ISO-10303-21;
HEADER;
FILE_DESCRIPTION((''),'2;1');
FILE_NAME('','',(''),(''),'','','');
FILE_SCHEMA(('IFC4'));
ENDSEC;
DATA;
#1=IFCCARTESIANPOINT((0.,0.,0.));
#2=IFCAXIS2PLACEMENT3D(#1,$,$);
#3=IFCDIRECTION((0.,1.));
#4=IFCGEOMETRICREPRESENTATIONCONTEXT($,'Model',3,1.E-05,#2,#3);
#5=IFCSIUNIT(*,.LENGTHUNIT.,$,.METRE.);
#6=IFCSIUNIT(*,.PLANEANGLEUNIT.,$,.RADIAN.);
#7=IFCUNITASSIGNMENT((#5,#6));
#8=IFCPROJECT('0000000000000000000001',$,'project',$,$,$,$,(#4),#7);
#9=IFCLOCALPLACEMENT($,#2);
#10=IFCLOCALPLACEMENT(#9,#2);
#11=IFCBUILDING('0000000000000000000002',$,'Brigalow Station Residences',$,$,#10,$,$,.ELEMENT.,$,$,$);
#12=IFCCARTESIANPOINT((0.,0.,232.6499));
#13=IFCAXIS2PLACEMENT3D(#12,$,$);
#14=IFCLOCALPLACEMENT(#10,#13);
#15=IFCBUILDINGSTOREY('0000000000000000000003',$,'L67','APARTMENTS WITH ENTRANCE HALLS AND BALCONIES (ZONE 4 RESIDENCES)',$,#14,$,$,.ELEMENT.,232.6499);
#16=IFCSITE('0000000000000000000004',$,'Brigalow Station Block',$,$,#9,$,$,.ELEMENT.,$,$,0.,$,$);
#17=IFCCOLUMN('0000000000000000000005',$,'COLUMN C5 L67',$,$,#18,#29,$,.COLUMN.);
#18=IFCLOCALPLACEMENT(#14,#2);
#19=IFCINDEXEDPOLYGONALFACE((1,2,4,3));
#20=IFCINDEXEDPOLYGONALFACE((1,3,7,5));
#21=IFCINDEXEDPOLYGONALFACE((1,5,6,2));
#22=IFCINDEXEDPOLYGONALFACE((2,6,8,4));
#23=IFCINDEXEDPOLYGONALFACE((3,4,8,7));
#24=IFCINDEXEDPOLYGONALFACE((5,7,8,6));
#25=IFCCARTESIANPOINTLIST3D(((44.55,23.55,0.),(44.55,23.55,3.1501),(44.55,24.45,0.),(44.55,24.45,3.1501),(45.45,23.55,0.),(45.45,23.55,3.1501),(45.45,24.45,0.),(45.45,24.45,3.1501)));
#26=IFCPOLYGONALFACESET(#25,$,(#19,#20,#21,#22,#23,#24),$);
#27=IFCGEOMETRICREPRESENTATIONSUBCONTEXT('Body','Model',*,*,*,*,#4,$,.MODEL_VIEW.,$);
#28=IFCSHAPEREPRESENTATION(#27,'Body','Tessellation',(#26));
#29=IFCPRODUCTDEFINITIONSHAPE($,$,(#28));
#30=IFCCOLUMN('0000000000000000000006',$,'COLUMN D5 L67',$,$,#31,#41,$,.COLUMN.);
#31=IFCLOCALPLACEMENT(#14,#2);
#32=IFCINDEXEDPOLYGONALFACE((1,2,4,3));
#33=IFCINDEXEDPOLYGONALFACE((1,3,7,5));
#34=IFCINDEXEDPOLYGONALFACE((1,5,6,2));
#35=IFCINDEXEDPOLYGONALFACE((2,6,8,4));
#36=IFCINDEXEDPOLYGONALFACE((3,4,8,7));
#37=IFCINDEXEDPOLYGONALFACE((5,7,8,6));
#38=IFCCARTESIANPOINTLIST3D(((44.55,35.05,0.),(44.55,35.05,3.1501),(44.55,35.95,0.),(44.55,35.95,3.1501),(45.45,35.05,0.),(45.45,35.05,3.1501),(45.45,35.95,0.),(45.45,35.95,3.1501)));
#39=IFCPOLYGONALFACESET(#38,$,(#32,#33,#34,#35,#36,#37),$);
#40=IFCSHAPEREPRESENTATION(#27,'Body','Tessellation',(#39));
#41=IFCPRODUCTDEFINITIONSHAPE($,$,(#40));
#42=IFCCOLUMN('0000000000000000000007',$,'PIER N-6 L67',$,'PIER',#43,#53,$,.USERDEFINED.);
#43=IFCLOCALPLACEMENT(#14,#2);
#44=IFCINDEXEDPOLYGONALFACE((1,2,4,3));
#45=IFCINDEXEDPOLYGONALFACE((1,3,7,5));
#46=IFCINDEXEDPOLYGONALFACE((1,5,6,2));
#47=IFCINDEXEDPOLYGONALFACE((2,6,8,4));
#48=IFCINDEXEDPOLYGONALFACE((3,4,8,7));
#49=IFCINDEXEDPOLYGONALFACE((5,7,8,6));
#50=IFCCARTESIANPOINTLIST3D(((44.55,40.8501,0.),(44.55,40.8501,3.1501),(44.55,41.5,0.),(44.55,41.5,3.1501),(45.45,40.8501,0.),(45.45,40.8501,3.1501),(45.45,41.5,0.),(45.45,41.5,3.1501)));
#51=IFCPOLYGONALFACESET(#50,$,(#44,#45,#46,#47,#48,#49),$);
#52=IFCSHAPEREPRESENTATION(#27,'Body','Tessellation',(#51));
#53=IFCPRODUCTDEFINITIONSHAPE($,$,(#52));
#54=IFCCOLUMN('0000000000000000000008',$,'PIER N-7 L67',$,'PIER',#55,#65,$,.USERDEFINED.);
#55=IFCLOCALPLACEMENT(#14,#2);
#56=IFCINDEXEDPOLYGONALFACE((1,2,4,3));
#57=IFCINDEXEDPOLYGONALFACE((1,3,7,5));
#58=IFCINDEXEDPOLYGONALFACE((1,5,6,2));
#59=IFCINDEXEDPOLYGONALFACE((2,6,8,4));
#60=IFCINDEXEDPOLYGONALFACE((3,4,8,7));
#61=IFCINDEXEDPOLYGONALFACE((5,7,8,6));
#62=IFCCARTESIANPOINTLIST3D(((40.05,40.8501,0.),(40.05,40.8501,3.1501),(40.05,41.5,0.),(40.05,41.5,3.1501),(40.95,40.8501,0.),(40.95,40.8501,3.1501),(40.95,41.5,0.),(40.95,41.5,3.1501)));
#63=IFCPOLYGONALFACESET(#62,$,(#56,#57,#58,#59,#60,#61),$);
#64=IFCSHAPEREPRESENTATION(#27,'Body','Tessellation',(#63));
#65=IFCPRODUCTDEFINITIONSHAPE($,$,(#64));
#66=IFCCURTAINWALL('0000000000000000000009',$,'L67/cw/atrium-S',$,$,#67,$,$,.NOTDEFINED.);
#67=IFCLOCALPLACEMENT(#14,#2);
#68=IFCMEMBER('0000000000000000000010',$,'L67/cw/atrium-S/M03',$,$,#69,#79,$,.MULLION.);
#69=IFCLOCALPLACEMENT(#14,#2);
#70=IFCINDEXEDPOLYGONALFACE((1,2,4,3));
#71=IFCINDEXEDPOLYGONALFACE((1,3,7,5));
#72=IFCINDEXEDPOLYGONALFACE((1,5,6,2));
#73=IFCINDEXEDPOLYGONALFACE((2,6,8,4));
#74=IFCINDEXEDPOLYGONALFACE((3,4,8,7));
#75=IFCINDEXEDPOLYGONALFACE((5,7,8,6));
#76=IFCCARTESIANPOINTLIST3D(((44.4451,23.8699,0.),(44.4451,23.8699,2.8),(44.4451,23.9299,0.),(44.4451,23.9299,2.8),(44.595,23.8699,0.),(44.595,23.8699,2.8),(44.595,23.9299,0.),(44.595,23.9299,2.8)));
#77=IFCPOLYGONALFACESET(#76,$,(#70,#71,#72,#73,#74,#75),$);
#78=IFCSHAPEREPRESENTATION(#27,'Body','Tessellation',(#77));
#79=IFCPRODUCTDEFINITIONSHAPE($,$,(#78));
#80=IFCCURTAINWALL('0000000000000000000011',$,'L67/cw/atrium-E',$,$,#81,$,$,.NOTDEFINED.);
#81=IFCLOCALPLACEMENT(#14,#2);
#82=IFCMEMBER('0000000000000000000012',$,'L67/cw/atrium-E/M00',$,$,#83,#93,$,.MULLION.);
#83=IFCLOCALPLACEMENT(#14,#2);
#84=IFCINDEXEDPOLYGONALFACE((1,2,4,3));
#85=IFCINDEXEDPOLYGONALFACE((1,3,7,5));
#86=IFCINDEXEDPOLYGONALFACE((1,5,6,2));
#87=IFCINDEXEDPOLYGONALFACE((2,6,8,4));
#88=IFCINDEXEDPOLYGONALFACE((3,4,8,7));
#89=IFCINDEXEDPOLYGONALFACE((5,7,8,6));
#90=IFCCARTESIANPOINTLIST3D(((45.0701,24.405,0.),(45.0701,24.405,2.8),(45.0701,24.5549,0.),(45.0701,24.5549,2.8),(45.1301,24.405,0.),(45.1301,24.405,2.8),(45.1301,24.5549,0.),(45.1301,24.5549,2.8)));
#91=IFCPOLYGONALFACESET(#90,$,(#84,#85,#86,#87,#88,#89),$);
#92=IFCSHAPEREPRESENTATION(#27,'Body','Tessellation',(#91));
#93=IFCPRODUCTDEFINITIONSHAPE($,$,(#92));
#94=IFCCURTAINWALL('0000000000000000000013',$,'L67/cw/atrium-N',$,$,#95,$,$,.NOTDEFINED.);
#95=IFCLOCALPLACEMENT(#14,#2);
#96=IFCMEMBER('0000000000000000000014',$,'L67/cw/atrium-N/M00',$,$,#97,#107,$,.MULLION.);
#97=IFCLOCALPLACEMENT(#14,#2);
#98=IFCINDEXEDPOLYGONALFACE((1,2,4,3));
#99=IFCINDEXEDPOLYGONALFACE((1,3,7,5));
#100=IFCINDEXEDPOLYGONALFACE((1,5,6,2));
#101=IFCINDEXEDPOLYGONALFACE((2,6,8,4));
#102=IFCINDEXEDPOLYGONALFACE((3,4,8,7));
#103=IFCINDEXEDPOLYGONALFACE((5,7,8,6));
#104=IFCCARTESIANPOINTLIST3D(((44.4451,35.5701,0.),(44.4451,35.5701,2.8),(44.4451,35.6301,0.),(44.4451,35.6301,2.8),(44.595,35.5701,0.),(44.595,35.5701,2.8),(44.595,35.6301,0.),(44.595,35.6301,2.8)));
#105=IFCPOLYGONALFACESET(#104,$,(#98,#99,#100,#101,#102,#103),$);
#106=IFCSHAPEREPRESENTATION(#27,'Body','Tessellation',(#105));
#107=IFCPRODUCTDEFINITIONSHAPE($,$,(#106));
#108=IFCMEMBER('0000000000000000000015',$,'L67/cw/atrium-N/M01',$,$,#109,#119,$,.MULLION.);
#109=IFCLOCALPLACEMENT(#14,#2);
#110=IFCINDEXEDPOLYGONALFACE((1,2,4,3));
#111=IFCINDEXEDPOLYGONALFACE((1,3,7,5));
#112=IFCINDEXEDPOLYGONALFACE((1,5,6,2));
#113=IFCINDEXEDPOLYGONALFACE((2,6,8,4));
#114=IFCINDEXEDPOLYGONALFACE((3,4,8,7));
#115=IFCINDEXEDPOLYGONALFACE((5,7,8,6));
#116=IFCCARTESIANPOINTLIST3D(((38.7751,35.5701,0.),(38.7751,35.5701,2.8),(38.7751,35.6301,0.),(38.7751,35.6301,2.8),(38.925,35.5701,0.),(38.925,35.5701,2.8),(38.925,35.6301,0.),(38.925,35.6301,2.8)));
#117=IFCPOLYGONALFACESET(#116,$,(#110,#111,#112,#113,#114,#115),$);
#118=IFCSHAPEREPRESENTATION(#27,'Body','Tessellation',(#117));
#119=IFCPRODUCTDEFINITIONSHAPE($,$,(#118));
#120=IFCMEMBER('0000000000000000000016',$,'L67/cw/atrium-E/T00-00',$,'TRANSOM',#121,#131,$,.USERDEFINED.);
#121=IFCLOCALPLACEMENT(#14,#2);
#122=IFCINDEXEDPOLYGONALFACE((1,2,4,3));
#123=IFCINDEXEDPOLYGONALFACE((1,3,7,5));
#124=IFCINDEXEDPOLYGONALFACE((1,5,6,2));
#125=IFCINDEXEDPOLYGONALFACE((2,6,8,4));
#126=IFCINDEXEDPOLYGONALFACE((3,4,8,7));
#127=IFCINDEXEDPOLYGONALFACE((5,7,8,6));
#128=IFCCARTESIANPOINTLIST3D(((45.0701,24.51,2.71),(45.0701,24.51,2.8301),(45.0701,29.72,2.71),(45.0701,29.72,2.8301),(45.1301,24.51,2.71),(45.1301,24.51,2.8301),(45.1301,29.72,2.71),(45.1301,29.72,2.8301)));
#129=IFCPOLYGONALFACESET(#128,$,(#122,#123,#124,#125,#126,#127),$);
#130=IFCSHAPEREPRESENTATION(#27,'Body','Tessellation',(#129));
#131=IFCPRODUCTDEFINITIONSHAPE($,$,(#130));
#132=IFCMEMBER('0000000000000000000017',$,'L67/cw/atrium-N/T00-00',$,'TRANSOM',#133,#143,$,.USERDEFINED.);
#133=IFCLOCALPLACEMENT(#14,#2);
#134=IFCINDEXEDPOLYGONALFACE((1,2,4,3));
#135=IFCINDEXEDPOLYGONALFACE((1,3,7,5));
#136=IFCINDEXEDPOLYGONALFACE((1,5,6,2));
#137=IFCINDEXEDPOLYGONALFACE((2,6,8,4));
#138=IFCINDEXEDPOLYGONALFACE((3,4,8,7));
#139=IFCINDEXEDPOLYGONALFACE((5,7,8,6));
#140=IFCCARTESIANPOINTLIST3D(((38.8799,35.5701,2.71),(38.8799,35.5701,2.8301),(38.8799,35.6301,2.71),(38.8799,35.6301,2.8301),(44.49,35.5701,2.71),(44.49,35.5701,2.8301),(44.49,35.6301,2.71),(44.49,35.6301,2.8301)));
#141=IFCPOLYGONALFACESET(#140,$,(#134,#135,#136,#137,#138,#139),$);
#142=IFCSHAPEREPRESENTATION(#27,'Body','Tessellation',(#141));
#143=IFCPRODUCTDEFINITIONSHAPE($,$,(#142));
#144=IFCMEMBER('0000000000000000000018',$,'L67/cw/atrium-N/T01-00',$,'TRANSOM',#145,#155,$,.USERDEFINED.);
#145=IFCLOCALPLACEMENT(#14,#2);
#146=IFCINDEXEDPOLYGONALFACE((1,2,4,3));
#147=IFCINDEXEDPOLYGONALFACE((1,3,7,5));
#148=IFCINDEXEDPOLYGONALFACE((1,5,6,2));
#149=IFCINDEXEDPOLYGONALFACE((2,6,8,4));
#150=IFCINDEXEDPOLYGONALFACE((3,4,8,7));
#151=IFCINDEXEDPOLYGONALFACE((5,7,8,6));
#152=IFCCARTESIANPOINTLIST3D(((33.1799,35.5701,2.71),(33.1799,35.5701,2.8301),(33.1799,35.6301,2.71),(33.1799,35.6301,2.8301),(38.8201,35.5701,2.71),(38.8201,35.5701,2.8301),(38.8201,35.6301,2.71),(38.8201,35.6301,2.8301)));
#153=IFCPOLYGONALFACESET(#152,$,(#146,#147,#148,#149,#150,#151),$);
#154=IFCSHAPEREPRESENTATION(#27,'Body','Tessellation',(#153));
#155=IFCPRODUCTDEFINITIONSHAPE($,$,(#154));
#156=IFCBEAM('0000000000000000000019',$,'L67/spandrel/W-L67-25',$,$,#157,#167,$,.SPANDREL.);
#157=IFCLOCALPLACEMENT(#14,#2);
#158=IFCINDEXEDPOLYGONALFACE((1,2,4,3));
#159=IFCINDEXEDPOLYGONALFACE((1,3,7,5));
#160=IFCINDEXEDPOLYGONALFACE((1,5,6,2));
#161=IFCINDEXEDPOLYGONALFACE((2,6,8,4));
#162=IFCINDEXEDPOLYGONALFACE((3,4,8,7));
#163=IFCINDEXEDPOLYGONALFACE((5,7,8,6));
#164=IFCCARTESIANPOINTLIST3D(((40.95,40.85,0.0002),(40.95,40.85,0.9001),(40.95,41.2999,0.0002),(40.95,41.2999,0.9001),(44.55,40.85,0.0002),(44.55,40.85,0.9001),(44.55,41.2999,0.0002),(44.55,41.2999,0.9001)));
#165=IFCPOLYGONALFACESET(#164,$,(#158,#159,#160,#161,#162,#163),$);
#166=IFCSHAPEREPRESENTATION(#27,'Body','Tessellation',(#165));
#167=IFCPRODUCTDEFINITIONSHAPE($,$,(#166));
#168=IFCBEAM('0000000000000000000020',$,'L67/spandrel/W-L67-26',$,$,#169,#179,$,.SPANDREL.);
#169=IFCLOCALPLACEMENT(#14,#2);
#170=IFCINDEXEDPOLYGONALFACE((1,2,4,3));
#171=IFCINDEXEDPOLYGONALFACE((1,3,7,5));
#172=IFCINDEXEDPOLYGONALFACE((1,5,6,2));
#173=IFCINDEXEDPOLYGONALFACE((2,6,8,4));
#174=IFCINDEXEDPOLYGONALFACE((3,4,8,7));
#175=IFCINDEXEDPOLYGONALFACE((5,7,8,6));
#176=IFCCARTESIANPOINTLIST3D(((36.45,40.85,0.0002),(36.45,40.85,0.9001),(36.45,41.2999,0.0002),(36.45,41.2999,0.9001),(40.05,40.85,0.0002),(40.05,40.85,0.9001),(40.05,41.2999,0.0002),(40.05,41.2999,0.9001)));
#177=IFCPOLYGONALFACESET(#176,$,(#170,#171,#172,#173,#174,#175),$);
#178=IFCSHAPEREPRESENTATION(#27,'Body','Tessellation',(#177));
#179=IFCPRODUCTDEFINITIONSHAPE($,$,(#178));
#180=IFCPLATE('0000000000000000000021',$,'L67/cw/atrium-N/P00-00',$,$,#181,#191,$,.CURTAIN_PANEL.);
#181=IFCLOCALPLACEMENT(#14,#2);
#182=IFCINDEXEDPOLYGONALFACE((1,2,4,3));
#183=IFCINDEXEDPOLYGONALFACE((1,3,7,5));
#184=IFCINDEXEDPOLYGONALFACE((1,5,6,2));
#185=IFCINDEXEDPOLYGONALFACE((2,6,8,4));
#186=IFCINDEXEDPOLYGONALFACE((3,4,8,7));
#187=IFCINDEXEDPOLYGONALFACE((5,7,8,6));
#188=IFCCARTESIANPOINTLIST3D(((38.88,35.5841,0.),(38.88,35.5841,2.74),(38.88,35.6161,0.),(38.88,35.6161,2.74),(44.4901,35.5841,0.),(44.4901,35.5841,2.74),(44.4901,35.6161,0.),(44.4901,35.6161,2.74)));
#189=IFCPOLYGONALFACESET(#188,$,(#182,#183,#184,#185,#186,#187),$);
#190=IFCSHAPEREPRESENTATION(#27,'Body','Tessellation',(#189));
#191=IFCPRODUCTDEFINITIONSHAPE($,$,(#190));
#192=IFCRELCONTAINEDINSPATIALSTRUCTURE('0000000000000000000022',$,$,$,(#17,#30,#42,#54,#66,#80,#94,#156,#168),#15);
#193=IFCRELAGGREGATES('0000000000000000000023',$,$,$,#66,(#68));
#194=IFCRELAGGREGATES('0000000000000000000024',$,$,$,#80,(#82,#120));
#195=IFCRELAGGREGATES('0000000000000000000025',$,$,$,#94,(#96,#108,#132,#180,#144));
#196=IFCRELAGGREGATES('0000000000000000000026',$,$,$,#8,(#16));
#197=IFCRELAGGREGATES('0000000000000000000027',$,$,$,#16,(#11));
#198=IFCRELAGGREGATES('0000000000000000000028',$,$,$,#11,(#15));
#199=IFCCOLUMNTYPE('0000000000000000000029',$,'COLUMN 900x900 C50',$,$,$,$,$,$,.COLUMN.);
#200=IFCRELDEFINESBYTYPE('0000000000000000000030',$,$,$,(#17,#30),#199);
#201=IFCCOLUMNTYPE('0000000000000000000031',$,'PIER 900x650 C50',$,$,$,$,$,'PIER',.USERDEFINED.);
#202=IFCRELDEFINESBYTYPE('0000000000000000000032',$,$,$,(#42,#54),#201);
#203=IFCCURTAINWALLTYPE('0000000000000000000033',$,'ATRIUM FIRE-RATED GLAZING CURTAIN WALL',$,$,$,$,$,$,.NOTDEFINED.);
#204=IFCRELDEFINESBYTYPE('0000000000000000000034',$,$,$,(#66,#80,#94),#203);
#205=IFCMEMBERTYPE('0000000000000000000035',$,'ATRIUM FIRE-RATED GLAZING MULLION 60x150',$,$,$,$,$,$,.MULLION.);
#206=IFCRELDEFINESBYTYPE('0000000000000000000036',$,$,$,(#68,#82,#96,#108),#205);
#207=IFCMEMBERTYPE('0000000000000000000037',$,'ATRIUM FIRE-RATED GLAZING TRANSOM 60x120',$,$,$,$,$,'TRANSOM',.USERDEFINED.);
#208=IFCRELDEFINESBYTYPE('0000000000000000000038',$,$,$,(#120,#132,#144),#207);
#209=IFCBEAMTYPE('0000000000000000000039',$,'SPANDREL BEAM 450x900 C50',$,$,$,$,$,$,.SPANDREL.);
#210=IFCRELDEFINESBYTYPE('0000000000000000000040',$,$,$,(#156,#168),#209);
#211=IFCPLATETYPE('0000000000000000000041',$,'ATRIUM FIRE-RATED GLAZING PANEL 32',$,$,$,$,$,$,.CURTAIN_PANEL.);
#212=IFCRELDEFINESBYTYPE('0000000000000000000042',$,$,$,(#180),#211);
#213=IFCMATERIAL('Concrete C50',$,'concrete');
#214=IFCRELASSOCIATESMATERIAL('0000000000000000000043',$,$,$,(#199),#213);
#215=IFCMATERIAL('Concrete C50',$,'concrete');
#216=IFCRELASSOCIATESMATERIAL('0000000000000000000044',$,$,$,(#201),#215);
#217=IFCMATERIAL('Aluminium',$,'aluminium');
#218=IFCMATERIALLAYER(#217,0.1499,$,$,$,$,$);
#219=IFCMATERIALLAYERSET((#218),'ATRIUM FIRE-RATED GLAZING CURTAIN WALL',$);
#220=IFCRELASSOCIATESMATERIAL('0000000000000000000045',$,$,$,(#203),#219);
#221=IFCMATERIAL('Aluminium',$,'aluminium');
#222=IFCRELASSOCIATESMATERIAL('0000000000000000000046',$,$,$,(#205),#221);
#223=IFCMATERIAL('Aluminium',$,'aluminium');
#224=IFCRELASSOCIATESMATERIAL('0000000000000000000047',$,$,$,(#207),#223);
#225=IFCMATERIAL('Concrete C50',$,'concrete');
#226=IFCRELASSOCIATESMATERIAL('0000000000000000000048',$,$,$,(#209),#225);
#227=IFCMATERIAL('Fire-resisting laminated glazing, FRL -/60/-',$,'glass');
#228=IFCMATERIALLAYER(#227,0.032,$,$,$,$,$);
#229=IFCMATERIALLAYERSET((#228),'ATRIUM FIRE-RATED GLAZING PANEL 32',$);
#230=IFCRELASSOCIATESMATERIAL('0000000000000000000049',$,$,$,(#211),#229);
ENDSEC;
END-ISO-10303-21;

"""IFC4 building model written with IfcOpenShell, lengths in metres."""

from ifc_helpers import new_model, si_unit, direction, frame, origin, origin_2d, place, context, subcontext, project, spatial, rectangle, extrude, material, layer, layer_set, material_profile, profile_set, type_object, element, aggregate, save


model = new_model("IFC4")

# Units and contexts
model_context = context("Model", 3, precision=1e-05, world=origin(), true_north=direction((0.0, 1.0)))
body_context = subcontext(model_context, "Body", "Model", "MODEL_VIEW")
ifc_project = project(units=[si_unit("LENGTHUNIT", "METRE"), si_unit("PLANEANGLEUNIT", "RADIAN")], contexts=[model_context])

# Site, building, storey
site_placement = place(None, origin())
site = spatial("IfcSite", under=ifc_project, at=site_placement, Name="Brigalow Station Block", CompositionType="ELEMENT", RefElevation=0.0)
building_placement = place(site_placement, origin())
building = spatial("IfcBuilding", under=site, at=building_placement, Name="Brigalow Station Residences", CompositionType="ELEMENT")
storey_placement = place(building_placement, frame((0.0, 0.0, 232.6499)))
storey = spatial("IfcBuildingStorey", under=building, at=storey_placement, Name="L67", Description="APARTMENTS WITH ENTRANCE HALLS AND BALCONIES (ZONE 4 RESIDENCES)", CompositionType="ELEMENT", Elevation=232.6499)

# Columns
ifc_material_1 = material(Name="Concrete C50", Category="concrete")
ifc_material_profile_1 = material_profile(ifc_material_1, rectangle(XDim=0.8999, YDim=0.8999, at=origin_2d()), Name="RC900x900")
ifc_profile_set_1 = profile_set([ifc_material_profile_1], Name="Concrete C50")
column_type_1 = type_object("IfcColumnType", Name="COLUMN 900x900 C50", PredefinedType="COLUMN", material=ifc_profile_set_1)
for number, where, z_axis, x_axis, name in (
    (1, (45.0, 24.0, 0.0), (0.0, 0.0, 1.0), (1.0, 0.0, 0.0), "COLUMN C5 L67"),
    (2, (45.0, 35.5, 0.0), (0.0, 0.0, 1.0), (1.0, 0.0, 0.0), "COLUMN D5 L67"),
):
    element("IfcColumn", number, at=place(storey_placement, frame(where, z_axis=z_axis, x_axis=x_axis)), inside=storey, type_object=column_type_1, Name=name, PredefinedType="COLUMN", context=body_context, shape_type="SweptSolid", body=[
        extrude(rectangle(XDim=0.8999, YDim=0.8999, at=origin_2d()), origin(), (0.0, 0.0, 1.0), 3.1501),
    ])
ifc_material_2 = material(Name="Concrete C50", Category="concrete")
ifc_material_profile_2 = material_profile(ifc_material_2, rectangle(XDim=0.8999, YDim=0.6499, at=origin_2d()), Name="RC900x650")
ifc_profile_set_2 = profile_set([ifc_material_profile_2], Name="Concrete C50")
column_type_2 = type_object("IfcColumnType", Name="PIER 900x650 C50", ElementType="PIER", PredefinedType="USERDEFINED", material=ifc_profile_set_2)
for number, where, z_axis, x_axis, name in (
    (3, (45.0, 41.175, 0.0), (0.0, 0.0, 1.0), (-1.0, 0.0, 0.0), "PIER N-6 L67"),
    (4, (40.5, 41.175, 0.0), (0.0, 0.0, 1.0), (-1.0, 0.0, 0.0), "PIER N-7 L67"),
):
    element("IfcColumn", number, at=place(storey_placement, frame(where, z_axis=z_axis, x_axis=x_axis)), inside=storey, type_object=column_type_2, Name=name, ObjectType="PIER", PredefinedType="USERDEFINED", context=body_context, shape_type="SweptSolid", body=[
        extrude(rectangle(XDim=0.8999, YDim=0.6499, at=origin_2d()), origin(), (0.0, 0.0, 1.0), 3.1501),
    ])

# Curtain walls, members
ifc_material_3 = material(Name="Aluminium", Category="aluminium")
ifc_layer_1 = layer(ifc_material_3, 0.1499)
ifc_layer_set_1 = layer_set([ifc_layer_1], Name="ATRIUM FIRE-RATED GLAZING CURTAIN WALL")
curtain_wall_type = type_object("IfcCurtainWallType", Name="ATRIUM FIRE-RATED GLAZING CURTAIN WALL", PredefinedType="NOTDEFINED", material=ifc_layer_set_1)
curtain_wall_1_placement = place(storey_placement, origin())
curtain_wall_1 = element("IfcCurtainWall", 5, at=curtain_wall_1_placement, inside=storey, type_object=curtain_wall_type, Name="L67/cw/atrium-S", PredefinedType="NOTDEFINED")
ifc_material_4 = material(Name="Aluminium", Category="aluminium")
ifc_material_profile_3 = material_profile(ifc_material_4, rectangle(XDim=0.0601, YDim=0.1499, at=origin_2d()), Name="ATRIUM FIRE-RATED GLAZING MULLION 60x150")
ifc_profile_set_3 = profile_set([ifc_material_profile_3], Name="Aluminium")
member_type_1 = type_object("IfcMemberType", Name="ATRIUM FIRE-RATED GLAZING MULLION 60x150", PredefinedType="MULLION", material=ifc_profile_set_3)
member_1_placement = place(storey_placement, frame((44.52, 23.8999, 0.0), z_axis=(0.0, 0.0, 1.0), x_axis=(0.0, 1.0, 0.0)))
member_1 = element("IfcMember", 6, at=member_1_placement, type_object=member_type_1, Name="L67/cw/atrium-S/M03", PredefinedType="MULLION", context=body_context, shape_type="SweptSolid", body=[
    extrude(rectangle(XDim=0.0601, YDim=0.1499, at=origin_2d()), origin(), (0.0, 0.0, 1.0), 2.8),
])
aggregate(curtain_wall_1, [member_1])
curtain_wall_2_placement = place(storey_placement, origin())
curtain_wall_2 = element("IfcCurtainWall", 7, at=curtain_wall_2_placement, inside=storey, type_object=curtain_wall_type, Name="L67/cw/atrium-E", PredefinedType="NOTDEFINED")
member_2_placement = place(storey_placement, frame((45.1001, 24.48, 0.0), z_axis=(0.0, 0.0, 1.0), x_axis=(-1.0, 0.0, 0.0)))
member_2 = element("IfcMember", 8, at=member_2_placement, type_object=member_type_1, Name="L67/cw/atrium-E/M00", PredefinedType="MULLION", context=body_context, shape_type="SweptSolid", body=[
    extrude(rectangle(XDim=0.0601, YDim=0.1499, at=origin_2d()), origin(), (0.0, 0.0, 1.0), 2.8),
])

# Curtain wall, members
curtain_wall_3_placement = place(storey_placement, origin())
curtain_wall_3 = element("IfcCurtainWall", 9, at=curtain_wall_3_placement, inside=storey, type_object=curtain_wall_type, Name="L67/cw/atrium-N", PredefinedType="NOTDEFINED")
member_3_placement = place(storey_placement, frame((44.52, 35.6001, 0.0), z_axis=(0.0, 0.0, 1.0), x_axis=(0.0, -1.0, 0.0)))
member_3 = element("IfcMember", 10, at=member_3_placement, type_object=member_type_1, Name="L67/cw/atrium-N/M00", PredefinedType="MULLION", context=body_context, shape_type="SweptSolid", body=[
    extrude(rectangle(XDim=0.0601, YDim=0.1499, at=origin_2d()), origin(), (0.0, 0.0, 1.0), 2.8),
])
member_4_placement = place(storey_placement, frame((38.8501, 35.6001, 0.0), z_axis=(0.0, 0.0, 1.0), x_axis=(0.0, -1.0, 0.0)))
member_4 = element("IfcMember", 11, at=member_4_placement, type_object=member_type_1, Name="L67/cw/atrium-N/M01", PredefinedType="MULLION", context=body_context, shape_type="SweptSolid", body=[
    extrude(rectangle(XDim=0.0601, YDim=0.1499, at=origin_2d()), origin(), (0.0, 0.0, 1.0), 2.8),
])

# Members
ifc_material_5 = material(Name="Aluminium", Category="aluminium")
ifc_material_profile_4 = material_profile(ifc_material_5, rectangle(XDim=0.0601, YDim=0.1201, at=origin_2d()), Name="ATRIUM FIRE-RATED GLAZING TRANSOM 60x120")
ifc_profile_set_4 = profile_set([ifc_material_profile_4], Name="Aluminium")
member_type_2 = type_object("IfcMemberType", Name="ATRIUM FIRE-RATED GLAZING TRANSOM 60x120", ElementType="TRANSOM", PredefinedType="USERDEFINED", material=ifc_profile_set_4)
member_5_placement = place(storey_placement, frame((45.1001, 24.51, 2.77), z_axis=(0.0, 1.0, 0.0), x_axis=(-1.0, 0.0, 0.0)))
member_5 = element("IfcMember", 12, at=member_5_placement, type_object=member_type_2, Name="L67/cw/atrium-E/T00-00", ObjectType="TRANSOM", PredefinedType="USERDEFINED", context=body_context, shape_type="SweptSolid", body=[
    extrude(rectangle(XDim=0.0601, YDim=0.1201, at=origin_2d()), origin(), (0.0, 0.0, 1.0), 5.21),
])
aggregate(curtain_wall_2, [member_2, member_5])
member_6_placement = place(storey_placement, frame((44.49, 35.6001, 2.77), z_axis=(-1.0, 0.0, 0.0), x_axis=(0.0, -1.0, 0.0)))
member_6 = element("IfcMember", 13, at=member_6_placement, type_object=member_type_2, Name="L67/cw/atrium-N/T00-00", ObjectType="TRANSOM", PredefinedType="USERDEFINED", context=body_context, shape_type="SweptSolid", body=[
    extrude(rectangle(XDim=0.0601, YDim=0.1201, at=origin_2d()), origin(), (0.0, 0.0, 1.0), 5.6101),
])
member_7_placement = place(storey_placement, frame((38.8201, 35.6001, 2.77), z_axis=(-1.0, 0.0, 0.0), x_axis=(0.0, -1.0, 0.0)))
member_7 = element("IfcMember", 14, at=member_7_placement, type_object=member_type_2, Name="L67/cw/atrium-N/T01-00", ObjectType="TRANSOM", PredefinedType="USERDEFINED", context=body_context, shape_type="SweptSolid", body=[
    extrude(rectangle(XDim=0.0601, YDim=0.1201, at=origin_2d()), origin(), (0.0, 0.0, 1.0), 5.6401),
])

# Beams
ifc_material_6 = material(Name="Concrete C50", Category="concrete")
ifc_material_profile_5 = material_profile(ifc_material_6, rectangle(XDim=0.45, YDim=0.8999, at=origin_2d()), Name="RC450x900")
ifc_profile_set_5 = profile_set([ifc_material_profile_5], Name="Concrete C50")
beam_type = type_object("IfcBeamType", Name="SPANDREL BEAM 450x900 C50", PredefinedType="SPANDREL", material=ifc_profile_set_5)
for number, where, z_axis, x_axis, name in (
    (15, (44.55, 41.075, 0.4502), (-1.0, 0.0, 0.0), (0.0, -1.0, 0.0), "L67/spandrel/W-L67-25"),
    (16, (40.05, 41.075, 0.4502), (-1.0, 0.0, 0.0), (0.0, -1.0, 0.0), "L67/spandrel/W-L67-26"),
):
    element("IfcBeam", number, at=place(storey_placement, frame(where, z_axis=z_axis, x_axis=x_axis)), inside=storey, type_object=beam_type, Name=name, PredefinedType="SPANDREL", context=body_context, shape_type="SweptSolid", body=[
        extrude(rectangle(XDim=0.45, YDim=0.8999, at=origin_2d()), origin(), (0.0, 0.0, 1.0), 3.6001),
    ])

# Plate
ifc_material_7 = material(Name="Fire-resisting laminated glazing, FRL -/60/-", Category="glass")
ifc_layer_2 = layer(ifc_material_7, 0.032)
ifc_layer_set_2 = layer_set([ifc_layer_2], Name="ATRIUM FIRE-RATED GLAZING PANEL 32")
plate_type = type_object("IfcPlateType", Name="ATRIUM FIRE-RATED GLAZING PANEL 32", PredefinedType="CURTAIN_PANEL", material=ifc_layer_set_2)
plate_placement = place(storey_placement, frame((41.6851, 35.6001, 0.0), z_axis=(0.0, 0.0, 1.0), x_axis=(-1.0, 0.0, 0.0)))
plate = element("IfcPlate", 17, at=plate_placement, type_object=plate_type, Name="L67/cw/atrium-N/P00-00", PredefinedType="CURTAIN_PANEL", context=body_context, shape_type="SweptSolid", body=[
    extrude(rectangle(XDim=5.6101, YDim=0.032, at=origin_2d()), origin(), (0.0, 0.0, 1.0), 2.74),
])
aggregate(curtain_wall_3, [member_3, member_4, member_6, plate, member_7])

save(model, "model.ifc")
